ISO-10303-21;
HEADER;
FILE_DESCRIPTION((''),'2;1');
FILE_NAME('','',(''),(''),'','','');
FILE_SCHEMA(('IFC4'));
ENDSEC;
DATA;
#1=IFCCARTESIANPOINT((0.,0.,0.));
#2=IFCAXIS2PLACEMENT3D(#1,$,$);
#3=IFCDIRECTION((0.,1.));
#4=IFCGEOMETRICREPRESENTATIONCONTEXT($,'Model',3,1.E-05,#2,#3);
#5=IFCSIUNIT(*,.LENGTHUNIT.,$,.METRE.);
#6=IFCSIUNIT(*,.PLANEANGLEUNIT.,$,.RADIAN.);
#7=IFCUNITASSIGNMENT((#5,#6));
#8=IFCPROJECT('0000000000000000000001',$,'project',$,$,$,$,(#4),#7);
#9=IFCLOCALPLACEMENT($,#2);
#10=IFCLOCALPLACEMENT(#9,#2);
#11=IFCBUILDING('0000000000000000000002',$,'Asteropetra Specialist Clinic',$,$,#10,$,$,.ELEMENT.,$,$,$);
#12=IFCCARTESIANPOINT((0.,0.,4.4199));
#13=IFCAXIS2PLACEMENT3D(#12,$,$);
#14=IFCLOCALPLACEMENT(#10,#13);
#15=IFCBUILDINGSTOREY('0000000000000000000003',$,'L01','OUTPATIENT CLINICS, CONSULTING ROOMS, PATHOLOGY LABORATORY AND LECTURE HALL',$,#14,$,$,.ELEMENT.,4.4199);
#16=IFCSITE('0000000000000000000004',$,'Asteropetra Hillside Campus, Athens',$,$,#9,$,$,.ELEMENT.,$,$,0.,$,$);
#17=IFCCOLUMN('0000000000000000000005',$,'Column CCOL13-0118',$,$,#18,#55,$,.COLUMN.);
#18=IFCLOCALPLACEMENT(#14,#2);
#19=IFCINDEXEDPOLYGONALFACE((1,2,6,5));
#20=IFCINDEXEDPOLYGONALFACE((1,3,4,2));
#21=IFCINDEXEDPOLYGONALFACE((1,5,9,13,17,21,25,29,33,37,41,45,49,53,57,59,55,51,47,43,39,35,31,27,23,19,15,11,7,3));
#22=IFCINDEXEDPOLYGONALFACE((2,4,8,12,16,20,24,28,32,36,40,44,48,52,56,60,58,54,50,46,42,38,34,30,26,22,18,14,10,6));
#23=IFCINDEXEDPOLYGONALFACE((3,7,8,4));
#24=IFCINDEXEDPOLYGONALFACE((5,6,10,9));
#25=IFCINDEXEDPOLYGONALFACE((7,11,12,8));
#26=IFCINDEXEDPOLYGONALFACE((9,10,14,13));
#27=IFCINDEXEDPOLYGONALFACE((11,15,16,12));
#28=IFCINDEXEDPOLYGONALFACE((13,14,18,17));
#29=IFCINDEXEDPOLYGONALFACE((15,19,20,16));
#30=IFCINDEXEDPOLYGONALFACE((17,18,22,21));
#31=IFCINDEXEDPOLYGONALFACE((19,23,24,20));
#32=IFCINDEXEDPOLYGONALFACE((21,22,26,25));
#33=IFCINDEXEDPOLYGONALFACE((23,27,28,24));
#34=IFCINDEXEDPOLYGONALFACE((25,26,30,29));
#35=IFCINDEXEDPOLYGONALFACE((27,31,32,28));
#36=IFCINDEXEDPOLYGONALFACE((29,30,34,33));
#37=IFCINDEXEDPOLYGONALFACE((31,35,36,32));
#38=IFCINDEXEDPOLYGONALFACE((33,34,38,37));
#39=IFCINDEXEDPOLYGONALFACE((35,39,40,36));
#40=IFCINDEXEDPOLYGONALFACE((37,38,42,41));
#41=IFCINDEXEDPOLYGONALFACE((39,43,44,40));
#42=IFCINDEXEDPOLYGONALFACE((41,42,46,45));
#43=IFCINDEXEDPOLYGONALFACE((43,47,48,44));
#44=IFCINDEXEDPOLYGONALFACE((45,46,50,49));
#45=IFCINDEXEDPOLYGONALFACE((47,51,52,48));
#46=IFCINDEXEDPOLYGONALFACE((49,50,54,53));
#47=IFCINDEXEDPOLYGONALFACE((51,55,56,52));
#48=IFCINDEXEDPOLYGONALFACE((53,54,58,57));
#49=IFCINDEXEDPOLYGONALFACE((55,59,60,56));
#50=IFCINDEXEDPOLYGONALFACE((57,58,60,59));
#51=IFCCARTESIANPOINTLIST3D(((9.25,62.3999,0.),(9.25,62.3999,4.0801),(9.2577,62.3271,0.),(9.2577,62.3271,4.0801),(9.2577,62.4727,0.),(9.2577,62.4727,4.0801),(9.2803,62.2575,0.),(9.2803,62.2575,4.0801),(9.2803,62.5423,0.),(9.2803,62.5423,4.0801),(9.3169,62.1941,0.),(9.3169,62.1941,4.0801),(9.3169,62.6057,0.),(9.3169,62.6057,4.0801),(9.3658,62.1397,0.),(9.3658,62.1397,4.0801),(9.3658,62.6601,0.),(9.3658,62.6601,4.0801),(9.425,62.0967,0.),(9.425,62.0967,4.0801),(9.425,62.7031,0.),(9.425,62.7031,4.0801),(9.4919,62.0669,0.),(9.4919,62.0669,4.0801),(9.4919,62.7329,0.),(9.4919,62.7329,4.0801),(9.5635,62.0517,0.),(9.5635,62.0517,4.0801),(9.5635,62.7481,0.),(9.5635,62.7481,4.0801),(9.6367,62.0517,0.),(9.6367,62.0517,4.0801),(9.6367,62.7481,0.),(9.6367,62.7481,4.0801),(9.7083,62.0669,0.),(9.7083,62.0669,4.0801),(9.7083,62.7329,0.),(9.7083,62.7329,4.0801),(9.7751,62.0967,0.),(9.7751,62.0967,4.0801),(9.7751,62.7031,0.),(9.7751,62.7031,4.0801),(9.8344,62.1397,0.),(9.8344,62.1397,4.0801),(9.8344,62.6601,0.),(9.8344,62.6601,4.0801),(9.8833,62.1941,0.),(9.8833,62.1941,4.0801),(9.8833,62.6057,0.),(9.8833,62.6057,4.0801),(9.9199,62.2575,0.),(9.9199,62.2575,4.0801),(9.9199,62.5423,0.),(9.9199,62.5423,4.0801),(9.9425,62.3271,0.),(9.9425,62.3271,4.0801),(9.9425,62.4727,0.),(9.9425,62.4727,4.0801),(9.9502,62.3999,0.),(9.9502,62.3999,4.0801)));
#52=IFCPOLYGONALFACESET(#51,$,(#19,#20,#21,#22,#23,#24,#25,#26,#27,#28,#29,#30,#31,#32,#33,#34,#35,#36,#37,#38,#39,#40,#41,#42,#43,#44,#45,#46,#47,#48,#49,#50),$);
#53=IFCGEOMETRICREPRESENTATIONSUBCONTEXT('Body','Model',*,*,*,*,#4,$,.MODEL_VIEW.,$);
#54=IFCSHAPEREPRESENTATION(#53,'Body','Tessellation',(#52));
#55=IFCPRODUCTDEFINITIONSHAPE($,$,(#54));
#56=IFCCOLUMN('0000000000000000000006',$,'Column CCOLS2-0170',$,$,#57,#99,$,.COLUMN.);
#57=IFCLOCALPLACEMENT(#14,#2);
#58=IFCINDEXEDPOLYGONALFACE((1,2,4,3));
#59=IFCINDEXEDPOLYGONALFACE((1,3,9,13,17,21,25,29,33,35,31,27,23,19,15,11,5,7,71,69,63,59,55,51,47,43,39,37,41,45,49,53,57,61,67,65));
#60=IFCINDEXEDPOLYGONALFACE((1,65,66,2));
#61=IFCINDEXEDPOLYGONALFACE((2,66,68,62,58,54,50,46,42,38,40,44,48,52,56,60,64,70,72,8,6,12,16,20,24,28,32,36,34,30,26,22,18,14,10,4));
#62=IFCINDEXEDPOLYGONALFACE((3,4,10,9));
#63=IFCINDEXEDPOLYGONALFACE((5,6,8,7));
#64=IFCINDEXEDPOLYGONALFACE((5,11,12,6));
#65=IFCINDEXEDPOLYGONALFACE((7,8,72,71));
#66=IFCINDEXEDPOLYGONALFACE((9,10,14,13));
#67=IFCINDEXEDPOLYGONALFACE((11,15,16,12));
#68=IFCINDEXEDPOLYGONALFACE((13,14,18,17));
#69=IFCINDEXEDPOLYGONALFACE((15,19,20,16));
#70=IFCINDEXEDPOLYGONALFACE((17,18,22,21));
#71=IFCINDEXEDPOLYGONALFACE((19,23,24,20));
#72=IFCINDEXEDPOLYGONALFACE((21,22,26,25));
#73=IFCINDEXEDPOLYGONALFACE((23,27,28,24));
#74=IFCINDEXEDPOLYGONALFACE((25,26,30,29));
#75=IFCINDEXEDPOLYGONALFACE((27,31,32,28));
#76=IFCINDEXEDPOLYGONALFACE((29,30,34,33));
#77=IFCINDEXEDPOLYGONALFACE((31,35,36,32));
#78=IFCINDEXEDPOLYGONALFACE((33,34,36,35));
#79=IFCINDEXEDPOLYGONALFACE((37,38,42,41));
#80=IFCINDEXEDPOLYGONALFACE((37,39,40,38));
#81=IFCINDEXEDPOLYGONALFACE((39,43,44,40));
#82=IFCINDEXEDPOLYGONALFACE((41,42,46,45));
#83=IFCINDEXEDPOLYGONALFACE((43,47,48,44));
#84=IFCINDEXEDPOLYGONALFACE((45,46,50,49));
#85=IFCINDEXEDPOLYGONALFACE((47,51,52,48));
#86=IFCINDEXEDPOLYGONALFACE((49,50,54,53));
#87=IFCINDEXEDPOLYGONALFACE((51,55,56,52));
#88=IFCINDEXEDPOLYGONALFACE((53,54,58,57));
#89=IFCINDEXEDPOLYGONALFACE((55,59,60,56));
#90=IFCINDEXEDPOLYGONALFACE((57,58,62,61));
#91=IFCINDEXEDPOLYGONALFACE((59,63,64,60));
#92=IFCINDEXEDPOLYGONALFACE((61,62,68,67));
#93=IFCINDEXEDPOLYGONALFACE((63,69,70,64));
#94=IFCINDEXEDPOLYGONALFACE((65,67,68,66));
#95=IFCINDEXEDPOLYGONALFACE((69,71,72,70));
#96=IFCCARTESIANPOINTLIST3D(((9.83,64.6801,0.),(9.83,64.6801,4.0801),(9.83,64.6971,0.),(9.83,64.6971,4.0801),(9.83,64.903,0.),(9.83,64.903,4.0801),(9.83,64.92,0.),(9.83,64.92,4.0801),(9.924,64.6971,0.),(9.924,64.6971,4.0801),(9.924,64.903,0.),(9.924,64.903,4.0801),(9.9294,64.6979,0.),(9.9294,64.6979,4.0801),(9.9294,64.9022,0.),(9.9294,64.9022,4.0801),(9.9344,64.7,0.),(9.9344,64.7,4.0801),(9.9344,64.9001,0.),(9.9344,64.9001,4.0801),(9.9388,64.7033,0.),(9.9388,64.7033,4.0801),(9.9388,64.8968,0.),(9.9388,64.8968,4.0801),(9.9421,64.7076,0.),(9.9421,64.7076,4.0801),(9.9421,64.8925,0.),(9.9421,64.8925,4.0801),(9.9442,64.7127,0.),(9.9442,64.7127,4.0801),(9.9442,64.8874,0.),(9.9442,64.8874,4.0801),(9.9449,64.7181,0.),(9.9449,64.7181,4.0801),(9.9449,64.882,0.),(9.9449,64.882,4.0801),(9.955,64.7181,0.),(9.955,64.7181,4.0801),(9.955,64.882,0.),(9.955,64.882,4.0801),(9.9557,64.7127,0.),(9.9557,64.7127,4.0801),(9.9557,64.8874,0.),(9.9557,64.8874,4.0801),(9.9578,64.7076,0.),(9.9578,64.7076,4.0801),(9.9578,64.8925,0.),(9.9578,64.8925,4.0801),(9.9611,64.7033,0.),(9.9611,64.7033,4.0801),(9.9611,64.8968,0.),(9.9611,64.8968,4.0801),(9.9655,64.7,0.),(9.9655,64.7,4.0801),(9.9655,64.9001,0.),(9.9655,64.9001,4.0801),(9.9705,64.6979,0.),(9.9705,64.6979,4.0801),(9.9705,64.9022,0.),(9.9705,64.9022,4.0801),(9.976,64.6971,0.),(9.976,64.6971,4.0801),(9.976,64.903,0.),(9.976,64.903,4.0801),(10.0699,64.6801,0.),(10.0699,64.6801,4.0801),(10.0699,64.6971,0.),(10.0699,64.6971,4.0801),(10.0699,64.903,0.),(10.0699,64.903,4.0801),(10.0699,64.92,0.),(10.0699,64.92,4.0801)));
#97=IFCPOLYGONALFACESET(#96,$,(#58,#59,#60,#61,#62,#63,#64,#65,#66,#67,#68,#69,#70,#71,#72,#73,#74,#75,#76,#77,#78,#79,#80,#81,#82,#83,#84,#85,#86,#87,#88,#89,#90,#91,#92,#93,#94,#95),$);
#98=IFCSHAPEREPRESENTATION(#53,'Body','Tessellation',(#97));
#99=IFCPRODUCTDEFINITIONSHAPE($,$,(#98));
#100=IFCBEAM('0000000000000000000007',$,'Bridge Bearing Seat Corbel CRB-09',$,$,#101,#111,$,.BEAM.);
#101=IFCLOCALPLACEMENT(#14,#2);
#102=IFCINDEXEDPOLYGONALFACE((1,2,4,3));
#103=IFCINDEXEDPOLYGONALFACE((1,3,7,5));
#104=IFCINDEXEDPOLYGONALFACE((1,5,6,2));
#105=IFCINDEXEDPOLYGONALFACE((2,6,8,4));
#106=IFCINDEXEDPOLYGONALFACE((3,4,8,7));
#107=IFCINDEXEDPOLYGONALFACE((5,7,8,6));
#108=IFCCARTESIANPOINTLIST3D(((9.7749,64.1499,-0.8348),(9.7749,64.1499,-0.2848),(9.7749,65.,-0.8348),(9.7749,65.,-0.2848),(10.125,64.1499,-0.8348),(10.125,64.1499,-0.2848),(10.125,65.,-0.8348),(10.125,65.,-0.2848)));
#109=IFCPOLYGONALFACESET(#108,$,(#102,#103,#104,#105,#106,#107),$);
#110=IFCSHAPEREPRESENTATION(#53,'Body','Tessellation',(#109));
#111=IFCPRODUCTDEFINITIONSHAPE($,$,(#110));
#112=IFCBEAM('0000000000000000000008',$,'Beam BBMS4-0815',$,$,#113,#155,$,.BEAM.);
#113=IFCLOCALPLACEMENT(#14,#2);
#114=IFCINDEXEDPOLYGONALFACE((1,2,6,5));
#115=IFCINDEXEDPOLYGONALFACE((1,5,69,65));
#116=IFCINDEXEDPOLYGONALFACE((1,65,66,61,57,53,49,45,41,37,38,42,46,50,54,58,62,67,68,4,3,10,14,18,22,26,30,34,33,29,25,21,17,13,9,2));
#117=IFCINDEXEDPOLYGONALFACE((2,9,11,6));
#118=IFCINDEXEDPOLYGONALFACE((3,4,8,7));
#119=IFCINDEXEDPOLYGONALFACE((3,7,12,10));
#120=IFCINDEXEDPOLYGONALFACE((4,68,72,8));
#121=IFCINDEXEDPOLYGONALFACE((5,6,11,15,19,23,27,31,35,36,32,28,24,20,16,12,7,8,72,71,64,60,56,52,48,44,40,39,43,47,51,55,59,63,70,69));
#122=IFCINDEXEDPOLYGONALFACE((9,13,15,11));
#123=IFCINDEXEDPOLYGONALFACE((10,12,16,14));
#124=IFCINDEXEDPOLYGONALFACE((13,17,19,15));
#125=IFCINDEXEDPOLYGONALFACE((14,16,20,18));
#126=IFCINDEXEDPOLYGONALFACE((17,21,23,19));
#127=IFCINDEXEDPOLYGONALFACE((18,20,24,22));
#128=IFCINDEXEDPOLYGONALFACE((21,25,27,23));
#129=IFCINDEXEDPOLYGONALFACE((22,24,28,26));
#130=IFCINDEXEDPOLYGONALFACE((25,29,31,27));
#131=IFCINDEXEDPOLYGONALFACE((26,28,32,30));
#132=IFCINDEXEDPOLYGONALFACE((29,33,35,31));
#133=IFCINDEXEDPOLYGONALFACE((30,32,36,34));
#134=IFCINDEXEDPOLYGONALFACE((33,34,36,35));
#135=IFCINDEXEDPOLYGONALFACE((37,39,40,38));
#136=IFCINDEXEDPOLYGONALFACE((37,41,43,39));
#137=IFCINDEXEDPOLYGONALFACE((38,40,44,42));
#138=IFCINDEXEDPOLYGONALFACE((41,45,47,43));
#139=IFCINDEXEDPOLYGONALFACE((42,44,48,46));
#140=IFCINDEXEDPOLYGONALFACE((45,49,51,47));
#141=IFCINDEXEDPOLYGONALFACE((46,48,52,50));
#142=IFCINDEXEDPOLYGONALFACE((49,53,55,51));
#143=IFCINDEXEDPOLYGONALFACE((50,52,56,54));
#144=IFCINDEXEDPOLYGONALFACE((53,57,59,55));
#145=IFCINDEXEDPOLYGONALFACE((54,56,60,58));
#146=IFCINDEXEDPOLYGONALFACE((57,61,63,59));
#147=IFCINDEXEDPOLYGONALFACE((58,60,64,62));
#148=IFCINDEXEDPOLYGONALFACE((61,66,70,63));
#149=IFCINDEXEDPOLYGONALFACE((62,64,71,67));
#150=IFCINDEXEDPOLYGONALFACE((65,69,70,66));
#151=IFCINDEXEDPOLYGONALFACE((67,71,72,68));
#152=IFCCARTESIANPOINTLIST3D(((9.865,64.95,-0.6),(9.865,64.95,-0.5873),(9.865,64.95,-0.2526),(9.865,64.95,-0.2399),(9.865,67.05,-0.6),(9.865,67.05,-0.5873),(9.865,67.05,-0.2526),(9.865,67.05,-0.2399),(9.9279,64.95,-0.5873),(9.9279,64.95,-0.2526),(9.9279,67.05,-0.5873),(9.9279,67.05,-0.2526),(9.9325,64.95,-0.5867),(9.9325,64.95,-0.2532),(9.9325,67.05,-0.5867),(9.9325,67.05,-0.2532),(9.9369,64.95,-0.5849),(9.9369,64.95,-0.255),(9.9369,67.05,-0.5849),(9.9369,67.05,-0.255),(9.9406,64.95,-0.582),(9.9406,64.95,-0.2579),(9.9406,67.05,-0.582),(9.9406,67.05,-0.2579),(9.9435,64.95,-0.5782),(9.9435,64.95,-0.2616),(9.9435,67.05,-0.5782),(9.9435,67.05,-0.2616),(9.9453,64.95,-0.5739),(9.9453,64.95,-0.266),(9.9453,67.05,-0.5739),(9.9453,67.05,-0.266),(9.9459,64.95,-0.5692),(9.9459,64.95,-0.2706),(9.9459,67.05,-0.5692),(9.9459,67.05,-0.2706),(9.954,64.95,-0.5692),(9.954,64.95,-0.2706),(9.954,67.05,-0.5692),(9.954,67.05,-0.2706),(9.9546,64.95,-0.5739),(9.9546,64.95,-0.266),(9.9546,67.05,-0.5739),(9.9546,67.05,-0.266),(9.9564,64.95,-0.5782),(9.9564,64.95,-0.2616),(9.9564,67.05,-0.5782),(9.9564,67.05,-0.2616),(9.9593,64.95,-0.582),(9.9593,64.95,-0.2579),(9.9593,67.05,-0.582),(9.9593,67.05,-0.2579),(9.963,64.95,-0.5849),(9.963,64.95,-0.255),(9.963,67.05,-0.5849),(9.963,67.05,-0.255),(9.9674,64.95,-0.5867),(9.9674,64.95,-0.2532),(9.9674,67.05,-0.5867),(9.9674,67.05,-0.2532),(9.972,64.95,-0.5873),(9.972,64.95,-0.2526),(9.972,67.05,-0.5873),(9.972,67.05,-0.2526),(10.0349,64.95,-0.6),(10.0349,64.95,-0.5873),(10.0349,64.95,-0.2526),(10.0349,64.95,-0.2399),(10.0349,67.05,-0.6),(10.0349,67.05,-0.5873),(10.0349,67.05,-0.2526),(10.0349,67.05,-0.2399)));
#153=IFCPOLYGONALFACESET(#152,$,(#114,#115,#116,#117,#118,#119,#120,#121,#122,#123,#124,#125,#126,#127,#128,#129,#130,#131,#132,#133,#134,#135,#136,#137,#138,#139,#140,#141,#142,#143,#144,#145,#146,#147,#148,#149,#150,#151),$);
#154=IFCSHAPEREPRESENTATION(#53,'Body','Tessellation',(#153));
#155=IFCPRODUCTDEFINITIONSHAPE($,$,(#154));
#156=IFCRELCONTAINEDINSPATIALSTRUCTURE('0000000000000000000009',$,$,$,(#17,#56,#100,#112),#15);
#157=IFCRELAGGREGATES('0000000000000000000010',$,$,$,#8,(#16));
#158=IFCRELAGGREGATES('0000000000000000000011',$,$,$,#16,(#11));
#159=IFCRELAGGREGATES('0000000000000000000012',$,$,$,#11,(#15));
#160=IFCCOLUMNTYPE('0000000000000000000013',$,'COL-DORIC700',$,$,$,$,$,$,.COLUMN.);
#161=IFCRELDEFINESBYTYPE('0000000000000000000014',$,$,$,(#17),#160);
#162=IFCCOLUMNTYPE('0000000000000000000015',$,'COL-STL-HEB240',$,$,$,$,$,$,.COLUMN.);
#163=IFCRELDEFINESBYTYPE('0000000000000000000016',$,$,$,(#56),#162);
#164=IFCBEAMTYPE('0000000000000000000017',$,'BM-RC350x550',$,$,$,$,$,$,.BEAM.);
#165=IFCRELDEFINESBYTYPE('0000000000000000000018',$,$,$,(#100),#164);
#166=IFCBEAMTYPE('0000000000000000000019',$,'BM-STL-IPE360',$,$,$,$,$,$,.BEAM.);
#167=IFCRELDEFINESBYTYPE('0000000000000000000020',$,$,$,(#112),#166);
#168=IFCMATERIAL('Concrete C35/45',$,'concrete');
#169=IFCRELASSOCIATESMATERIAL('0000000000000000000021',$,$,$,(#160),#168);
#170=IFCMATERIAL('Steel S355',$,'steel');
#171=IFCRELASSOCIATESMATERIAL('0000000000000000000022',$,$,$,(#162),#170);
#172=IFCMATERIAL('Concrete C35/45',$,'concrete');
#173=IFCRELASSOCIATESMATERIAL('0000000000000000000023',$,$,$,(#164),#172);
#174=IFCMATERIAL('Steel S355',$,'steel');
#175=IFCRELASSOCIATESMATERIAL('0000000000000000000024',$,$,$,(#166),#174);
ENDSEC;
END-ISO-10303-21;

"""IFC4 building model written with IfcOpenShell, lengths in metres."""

from ifc_helpers import new_model, si_unit, direction, frame, origin, origin_2d, place, context, subcontext, project, spatial, rectangle, circle, i_section, extrude, material, material_profile, profile_set, type_object, element, save


model = new_model("IFC4")

# Units and contexts
model_context = context("Model", 3, precision=1e-05, world=origin(), true_north=direction((0.0, 1.0)))
body_context = subcontext(model_context, "Body", "Model", "MODEL_VIEW")
ifc_project = project(units=[si_unit("LENGTHUNIT", "METRE"), si_unit("PLANEANGLEUNIT", "RADIAN")], contexts=[model_context])

# Site, building, storey
site_placement = place(None, origin())
site = spatial("IfcSite", under=ifc_project, at=site_placement, Name="Asteropetra Hillside Campus, Athens", CompositionType="ELEMENT", RefElevation=0.0)
building_placement = place(site_placement, origin())
building = spatial("IfcBuilding", under=site, at=building_placement, Name="Asteropetra Specialist Clinic", CompositionType="ELEMENT")
storey_placement = place(building_placement, frame((0.0, 0.0, 4.4199)))
storey = spatial("IfcBuildingStorey", under=building, at=storey_placement, Name="L01", Description="OUTPATIENT CLINICS, CONSULTING ROOMS, PATHOLOGY LABORATORY AND LECTURE HALL", CompositionType="ELEMENT", Elevation=4.4199)

# Columns
ifc_material_1 = material(Name="Concrete C35/45", Category="concrete")
ifc_material_profile_1 = material_profile(ifc_material_1, circle(Radius=0.3501, at=origin_2d()), Name="RCC D700")
ifc_profile_set_1 = profile_set([ifc_material_profile_1], Name="Concrete C35/45")
column_type_1 = type_object("IfcColumnType", Name="COL-DORIC700", PredefinedType="COLUMN", material=ifc_profile_set_1)
column_1_placement = place(storey_placement, frame((9.6001, 62.3999, 0.0), z_axis=(0.0, 0.0, 1.0), x_axis=(1.0, 0.0, 0.0)))
element("IfcColumn", 1, at=column_1_placement, inside=storey, type_object=column_type_1, Name="Column CCOL13-0118", PredefinedType="COLUMN", context=body_context, shape_type="SweptSolid", body=[
    extrude(circle(Radius=0.3501, at=origin_2d()), origin(), (0.0, 0.0, 1.0), 4.0801),
])
ifc_material_2 = material(Name="Steel S355", Category="steel")
ifc_material_profile_2 = material_profile(ifc_material_2, i_section(OverallWidth=0.24, OverallDepth=0.24, WebThickness=0.01, FlangeThickness=0.0171, FilletRadius=0.021, at=origin_2d()), Name="HEB 240")
ifc_profile_set_2 = profile_set([ifc_material_profile_2], Name="Steel S355")
column_type_2 = type_object("IfcColumnType", Name="COL-STL-HEB240", PredefinedType="COLUMN", material=ifc_profile_set_2)
column_2_placement = place(storey_placement, frame((9.95, 64.8, 0.0), z_axis=(0.0, 0.0, 1.0), x_axis=(1.0, 0.0, 0.0)))
element("IfcColumn", 2, at=column_2_placement, inside=storey, type_object=column_type_2, Name="Column CCOLS2-0170", PredefinedType="COLUMN", context=body_context, shape_type="SweptSolid", body=[
    extrude(i_section(OverallWidth=0.24, OverallDepth=0.24, WebThickness=0.01, FlangeThickness=0.0171, FilletRadius=0.021, at=origin_2d()), origin(), (0.0, 0.0, 1.0), 4.0801),
])

# Beams
ifc_material_3 = material(Name="Concrete C35/45", Category="concrete")
ifc_material_profile_3 = material_profile(ifc_material_3, rectangle(XDim=0.3501, YDim=0.55, at=origin_2d()), Name="RCB 350x550")
ifc_profile_set_3 = profile_set([ifc_material_profile_3], Name="Concrete C35/45")
beam_type_1 = type_object("IfcBeamType", Name="BM-RC350x550", PredefinedType="BEAM", material=ifc_profile_set_3)
beam_1_placement = place(storey_placement, frame((9.95, 65.0, -0.5598), z_axis=(0.0, -1.0, 0.0), x_axis=(1.0, 0.0, 0.0)))
element("IfcBeam", 3, at=beam_1_placement, inside=storey, type_object=beam_type_1, Name="Bridge Bearing Seat Corbel CRB-09", PredefinedType="BEAM", context=body_context, shape_type="SweptSolid", body=[
    extrude(rectangle(XDim=0.3501, YDim=0.55, at=origin_2d()), origin(), (0.0, 0.0, 1.0), 0.8501),
])
ifc_material_4 = material(Name="Steel S355", Category="steel")
ifc_material_profile_4 = material_profile(ifc_material_4, i_section(OverallWidth=0.1699, OverallDepth=0.3601, WebThickness=0.0081, FlangeThickness=0.0127, FilletRadius=0.0181, at=origin_2d()), Name="IPE 360")
ifc_profile_set_4 = profile_set([ifc_material_profile_4], Name="Steel S355")
beam_type_2 = type_object("IfcBeamType", Name="BM-STL-IPE360", PredefinedType="BEAM", material=ifc_profile_set_4)
beam_2_placement = place(storey_placement, frame((9.95, 64.95, -0.4199), z_axis=(0.0, 1.0, 0.0), x_axis=(-1.0, 0.0, 0.0)))
element("IfcBeam", 4, at=beam_2_placement, inside=storey, type_object=beam_type_2, Name="Beam BBMS4-0815", PredefinedType="BEAM", context=body_context, shape_type="SweptSolid", body=[
    extrude(i_section(OverallWidth=0.1699, OverallDepth=0.3601, WebThickness=0.0081, FlangeThickness=0.0127, FilletRadius=0.0181, at=origin_2d()), origin(), (0.0, 0.0, 1.0), 2.1001),
])

save(model, "model.ifc")
